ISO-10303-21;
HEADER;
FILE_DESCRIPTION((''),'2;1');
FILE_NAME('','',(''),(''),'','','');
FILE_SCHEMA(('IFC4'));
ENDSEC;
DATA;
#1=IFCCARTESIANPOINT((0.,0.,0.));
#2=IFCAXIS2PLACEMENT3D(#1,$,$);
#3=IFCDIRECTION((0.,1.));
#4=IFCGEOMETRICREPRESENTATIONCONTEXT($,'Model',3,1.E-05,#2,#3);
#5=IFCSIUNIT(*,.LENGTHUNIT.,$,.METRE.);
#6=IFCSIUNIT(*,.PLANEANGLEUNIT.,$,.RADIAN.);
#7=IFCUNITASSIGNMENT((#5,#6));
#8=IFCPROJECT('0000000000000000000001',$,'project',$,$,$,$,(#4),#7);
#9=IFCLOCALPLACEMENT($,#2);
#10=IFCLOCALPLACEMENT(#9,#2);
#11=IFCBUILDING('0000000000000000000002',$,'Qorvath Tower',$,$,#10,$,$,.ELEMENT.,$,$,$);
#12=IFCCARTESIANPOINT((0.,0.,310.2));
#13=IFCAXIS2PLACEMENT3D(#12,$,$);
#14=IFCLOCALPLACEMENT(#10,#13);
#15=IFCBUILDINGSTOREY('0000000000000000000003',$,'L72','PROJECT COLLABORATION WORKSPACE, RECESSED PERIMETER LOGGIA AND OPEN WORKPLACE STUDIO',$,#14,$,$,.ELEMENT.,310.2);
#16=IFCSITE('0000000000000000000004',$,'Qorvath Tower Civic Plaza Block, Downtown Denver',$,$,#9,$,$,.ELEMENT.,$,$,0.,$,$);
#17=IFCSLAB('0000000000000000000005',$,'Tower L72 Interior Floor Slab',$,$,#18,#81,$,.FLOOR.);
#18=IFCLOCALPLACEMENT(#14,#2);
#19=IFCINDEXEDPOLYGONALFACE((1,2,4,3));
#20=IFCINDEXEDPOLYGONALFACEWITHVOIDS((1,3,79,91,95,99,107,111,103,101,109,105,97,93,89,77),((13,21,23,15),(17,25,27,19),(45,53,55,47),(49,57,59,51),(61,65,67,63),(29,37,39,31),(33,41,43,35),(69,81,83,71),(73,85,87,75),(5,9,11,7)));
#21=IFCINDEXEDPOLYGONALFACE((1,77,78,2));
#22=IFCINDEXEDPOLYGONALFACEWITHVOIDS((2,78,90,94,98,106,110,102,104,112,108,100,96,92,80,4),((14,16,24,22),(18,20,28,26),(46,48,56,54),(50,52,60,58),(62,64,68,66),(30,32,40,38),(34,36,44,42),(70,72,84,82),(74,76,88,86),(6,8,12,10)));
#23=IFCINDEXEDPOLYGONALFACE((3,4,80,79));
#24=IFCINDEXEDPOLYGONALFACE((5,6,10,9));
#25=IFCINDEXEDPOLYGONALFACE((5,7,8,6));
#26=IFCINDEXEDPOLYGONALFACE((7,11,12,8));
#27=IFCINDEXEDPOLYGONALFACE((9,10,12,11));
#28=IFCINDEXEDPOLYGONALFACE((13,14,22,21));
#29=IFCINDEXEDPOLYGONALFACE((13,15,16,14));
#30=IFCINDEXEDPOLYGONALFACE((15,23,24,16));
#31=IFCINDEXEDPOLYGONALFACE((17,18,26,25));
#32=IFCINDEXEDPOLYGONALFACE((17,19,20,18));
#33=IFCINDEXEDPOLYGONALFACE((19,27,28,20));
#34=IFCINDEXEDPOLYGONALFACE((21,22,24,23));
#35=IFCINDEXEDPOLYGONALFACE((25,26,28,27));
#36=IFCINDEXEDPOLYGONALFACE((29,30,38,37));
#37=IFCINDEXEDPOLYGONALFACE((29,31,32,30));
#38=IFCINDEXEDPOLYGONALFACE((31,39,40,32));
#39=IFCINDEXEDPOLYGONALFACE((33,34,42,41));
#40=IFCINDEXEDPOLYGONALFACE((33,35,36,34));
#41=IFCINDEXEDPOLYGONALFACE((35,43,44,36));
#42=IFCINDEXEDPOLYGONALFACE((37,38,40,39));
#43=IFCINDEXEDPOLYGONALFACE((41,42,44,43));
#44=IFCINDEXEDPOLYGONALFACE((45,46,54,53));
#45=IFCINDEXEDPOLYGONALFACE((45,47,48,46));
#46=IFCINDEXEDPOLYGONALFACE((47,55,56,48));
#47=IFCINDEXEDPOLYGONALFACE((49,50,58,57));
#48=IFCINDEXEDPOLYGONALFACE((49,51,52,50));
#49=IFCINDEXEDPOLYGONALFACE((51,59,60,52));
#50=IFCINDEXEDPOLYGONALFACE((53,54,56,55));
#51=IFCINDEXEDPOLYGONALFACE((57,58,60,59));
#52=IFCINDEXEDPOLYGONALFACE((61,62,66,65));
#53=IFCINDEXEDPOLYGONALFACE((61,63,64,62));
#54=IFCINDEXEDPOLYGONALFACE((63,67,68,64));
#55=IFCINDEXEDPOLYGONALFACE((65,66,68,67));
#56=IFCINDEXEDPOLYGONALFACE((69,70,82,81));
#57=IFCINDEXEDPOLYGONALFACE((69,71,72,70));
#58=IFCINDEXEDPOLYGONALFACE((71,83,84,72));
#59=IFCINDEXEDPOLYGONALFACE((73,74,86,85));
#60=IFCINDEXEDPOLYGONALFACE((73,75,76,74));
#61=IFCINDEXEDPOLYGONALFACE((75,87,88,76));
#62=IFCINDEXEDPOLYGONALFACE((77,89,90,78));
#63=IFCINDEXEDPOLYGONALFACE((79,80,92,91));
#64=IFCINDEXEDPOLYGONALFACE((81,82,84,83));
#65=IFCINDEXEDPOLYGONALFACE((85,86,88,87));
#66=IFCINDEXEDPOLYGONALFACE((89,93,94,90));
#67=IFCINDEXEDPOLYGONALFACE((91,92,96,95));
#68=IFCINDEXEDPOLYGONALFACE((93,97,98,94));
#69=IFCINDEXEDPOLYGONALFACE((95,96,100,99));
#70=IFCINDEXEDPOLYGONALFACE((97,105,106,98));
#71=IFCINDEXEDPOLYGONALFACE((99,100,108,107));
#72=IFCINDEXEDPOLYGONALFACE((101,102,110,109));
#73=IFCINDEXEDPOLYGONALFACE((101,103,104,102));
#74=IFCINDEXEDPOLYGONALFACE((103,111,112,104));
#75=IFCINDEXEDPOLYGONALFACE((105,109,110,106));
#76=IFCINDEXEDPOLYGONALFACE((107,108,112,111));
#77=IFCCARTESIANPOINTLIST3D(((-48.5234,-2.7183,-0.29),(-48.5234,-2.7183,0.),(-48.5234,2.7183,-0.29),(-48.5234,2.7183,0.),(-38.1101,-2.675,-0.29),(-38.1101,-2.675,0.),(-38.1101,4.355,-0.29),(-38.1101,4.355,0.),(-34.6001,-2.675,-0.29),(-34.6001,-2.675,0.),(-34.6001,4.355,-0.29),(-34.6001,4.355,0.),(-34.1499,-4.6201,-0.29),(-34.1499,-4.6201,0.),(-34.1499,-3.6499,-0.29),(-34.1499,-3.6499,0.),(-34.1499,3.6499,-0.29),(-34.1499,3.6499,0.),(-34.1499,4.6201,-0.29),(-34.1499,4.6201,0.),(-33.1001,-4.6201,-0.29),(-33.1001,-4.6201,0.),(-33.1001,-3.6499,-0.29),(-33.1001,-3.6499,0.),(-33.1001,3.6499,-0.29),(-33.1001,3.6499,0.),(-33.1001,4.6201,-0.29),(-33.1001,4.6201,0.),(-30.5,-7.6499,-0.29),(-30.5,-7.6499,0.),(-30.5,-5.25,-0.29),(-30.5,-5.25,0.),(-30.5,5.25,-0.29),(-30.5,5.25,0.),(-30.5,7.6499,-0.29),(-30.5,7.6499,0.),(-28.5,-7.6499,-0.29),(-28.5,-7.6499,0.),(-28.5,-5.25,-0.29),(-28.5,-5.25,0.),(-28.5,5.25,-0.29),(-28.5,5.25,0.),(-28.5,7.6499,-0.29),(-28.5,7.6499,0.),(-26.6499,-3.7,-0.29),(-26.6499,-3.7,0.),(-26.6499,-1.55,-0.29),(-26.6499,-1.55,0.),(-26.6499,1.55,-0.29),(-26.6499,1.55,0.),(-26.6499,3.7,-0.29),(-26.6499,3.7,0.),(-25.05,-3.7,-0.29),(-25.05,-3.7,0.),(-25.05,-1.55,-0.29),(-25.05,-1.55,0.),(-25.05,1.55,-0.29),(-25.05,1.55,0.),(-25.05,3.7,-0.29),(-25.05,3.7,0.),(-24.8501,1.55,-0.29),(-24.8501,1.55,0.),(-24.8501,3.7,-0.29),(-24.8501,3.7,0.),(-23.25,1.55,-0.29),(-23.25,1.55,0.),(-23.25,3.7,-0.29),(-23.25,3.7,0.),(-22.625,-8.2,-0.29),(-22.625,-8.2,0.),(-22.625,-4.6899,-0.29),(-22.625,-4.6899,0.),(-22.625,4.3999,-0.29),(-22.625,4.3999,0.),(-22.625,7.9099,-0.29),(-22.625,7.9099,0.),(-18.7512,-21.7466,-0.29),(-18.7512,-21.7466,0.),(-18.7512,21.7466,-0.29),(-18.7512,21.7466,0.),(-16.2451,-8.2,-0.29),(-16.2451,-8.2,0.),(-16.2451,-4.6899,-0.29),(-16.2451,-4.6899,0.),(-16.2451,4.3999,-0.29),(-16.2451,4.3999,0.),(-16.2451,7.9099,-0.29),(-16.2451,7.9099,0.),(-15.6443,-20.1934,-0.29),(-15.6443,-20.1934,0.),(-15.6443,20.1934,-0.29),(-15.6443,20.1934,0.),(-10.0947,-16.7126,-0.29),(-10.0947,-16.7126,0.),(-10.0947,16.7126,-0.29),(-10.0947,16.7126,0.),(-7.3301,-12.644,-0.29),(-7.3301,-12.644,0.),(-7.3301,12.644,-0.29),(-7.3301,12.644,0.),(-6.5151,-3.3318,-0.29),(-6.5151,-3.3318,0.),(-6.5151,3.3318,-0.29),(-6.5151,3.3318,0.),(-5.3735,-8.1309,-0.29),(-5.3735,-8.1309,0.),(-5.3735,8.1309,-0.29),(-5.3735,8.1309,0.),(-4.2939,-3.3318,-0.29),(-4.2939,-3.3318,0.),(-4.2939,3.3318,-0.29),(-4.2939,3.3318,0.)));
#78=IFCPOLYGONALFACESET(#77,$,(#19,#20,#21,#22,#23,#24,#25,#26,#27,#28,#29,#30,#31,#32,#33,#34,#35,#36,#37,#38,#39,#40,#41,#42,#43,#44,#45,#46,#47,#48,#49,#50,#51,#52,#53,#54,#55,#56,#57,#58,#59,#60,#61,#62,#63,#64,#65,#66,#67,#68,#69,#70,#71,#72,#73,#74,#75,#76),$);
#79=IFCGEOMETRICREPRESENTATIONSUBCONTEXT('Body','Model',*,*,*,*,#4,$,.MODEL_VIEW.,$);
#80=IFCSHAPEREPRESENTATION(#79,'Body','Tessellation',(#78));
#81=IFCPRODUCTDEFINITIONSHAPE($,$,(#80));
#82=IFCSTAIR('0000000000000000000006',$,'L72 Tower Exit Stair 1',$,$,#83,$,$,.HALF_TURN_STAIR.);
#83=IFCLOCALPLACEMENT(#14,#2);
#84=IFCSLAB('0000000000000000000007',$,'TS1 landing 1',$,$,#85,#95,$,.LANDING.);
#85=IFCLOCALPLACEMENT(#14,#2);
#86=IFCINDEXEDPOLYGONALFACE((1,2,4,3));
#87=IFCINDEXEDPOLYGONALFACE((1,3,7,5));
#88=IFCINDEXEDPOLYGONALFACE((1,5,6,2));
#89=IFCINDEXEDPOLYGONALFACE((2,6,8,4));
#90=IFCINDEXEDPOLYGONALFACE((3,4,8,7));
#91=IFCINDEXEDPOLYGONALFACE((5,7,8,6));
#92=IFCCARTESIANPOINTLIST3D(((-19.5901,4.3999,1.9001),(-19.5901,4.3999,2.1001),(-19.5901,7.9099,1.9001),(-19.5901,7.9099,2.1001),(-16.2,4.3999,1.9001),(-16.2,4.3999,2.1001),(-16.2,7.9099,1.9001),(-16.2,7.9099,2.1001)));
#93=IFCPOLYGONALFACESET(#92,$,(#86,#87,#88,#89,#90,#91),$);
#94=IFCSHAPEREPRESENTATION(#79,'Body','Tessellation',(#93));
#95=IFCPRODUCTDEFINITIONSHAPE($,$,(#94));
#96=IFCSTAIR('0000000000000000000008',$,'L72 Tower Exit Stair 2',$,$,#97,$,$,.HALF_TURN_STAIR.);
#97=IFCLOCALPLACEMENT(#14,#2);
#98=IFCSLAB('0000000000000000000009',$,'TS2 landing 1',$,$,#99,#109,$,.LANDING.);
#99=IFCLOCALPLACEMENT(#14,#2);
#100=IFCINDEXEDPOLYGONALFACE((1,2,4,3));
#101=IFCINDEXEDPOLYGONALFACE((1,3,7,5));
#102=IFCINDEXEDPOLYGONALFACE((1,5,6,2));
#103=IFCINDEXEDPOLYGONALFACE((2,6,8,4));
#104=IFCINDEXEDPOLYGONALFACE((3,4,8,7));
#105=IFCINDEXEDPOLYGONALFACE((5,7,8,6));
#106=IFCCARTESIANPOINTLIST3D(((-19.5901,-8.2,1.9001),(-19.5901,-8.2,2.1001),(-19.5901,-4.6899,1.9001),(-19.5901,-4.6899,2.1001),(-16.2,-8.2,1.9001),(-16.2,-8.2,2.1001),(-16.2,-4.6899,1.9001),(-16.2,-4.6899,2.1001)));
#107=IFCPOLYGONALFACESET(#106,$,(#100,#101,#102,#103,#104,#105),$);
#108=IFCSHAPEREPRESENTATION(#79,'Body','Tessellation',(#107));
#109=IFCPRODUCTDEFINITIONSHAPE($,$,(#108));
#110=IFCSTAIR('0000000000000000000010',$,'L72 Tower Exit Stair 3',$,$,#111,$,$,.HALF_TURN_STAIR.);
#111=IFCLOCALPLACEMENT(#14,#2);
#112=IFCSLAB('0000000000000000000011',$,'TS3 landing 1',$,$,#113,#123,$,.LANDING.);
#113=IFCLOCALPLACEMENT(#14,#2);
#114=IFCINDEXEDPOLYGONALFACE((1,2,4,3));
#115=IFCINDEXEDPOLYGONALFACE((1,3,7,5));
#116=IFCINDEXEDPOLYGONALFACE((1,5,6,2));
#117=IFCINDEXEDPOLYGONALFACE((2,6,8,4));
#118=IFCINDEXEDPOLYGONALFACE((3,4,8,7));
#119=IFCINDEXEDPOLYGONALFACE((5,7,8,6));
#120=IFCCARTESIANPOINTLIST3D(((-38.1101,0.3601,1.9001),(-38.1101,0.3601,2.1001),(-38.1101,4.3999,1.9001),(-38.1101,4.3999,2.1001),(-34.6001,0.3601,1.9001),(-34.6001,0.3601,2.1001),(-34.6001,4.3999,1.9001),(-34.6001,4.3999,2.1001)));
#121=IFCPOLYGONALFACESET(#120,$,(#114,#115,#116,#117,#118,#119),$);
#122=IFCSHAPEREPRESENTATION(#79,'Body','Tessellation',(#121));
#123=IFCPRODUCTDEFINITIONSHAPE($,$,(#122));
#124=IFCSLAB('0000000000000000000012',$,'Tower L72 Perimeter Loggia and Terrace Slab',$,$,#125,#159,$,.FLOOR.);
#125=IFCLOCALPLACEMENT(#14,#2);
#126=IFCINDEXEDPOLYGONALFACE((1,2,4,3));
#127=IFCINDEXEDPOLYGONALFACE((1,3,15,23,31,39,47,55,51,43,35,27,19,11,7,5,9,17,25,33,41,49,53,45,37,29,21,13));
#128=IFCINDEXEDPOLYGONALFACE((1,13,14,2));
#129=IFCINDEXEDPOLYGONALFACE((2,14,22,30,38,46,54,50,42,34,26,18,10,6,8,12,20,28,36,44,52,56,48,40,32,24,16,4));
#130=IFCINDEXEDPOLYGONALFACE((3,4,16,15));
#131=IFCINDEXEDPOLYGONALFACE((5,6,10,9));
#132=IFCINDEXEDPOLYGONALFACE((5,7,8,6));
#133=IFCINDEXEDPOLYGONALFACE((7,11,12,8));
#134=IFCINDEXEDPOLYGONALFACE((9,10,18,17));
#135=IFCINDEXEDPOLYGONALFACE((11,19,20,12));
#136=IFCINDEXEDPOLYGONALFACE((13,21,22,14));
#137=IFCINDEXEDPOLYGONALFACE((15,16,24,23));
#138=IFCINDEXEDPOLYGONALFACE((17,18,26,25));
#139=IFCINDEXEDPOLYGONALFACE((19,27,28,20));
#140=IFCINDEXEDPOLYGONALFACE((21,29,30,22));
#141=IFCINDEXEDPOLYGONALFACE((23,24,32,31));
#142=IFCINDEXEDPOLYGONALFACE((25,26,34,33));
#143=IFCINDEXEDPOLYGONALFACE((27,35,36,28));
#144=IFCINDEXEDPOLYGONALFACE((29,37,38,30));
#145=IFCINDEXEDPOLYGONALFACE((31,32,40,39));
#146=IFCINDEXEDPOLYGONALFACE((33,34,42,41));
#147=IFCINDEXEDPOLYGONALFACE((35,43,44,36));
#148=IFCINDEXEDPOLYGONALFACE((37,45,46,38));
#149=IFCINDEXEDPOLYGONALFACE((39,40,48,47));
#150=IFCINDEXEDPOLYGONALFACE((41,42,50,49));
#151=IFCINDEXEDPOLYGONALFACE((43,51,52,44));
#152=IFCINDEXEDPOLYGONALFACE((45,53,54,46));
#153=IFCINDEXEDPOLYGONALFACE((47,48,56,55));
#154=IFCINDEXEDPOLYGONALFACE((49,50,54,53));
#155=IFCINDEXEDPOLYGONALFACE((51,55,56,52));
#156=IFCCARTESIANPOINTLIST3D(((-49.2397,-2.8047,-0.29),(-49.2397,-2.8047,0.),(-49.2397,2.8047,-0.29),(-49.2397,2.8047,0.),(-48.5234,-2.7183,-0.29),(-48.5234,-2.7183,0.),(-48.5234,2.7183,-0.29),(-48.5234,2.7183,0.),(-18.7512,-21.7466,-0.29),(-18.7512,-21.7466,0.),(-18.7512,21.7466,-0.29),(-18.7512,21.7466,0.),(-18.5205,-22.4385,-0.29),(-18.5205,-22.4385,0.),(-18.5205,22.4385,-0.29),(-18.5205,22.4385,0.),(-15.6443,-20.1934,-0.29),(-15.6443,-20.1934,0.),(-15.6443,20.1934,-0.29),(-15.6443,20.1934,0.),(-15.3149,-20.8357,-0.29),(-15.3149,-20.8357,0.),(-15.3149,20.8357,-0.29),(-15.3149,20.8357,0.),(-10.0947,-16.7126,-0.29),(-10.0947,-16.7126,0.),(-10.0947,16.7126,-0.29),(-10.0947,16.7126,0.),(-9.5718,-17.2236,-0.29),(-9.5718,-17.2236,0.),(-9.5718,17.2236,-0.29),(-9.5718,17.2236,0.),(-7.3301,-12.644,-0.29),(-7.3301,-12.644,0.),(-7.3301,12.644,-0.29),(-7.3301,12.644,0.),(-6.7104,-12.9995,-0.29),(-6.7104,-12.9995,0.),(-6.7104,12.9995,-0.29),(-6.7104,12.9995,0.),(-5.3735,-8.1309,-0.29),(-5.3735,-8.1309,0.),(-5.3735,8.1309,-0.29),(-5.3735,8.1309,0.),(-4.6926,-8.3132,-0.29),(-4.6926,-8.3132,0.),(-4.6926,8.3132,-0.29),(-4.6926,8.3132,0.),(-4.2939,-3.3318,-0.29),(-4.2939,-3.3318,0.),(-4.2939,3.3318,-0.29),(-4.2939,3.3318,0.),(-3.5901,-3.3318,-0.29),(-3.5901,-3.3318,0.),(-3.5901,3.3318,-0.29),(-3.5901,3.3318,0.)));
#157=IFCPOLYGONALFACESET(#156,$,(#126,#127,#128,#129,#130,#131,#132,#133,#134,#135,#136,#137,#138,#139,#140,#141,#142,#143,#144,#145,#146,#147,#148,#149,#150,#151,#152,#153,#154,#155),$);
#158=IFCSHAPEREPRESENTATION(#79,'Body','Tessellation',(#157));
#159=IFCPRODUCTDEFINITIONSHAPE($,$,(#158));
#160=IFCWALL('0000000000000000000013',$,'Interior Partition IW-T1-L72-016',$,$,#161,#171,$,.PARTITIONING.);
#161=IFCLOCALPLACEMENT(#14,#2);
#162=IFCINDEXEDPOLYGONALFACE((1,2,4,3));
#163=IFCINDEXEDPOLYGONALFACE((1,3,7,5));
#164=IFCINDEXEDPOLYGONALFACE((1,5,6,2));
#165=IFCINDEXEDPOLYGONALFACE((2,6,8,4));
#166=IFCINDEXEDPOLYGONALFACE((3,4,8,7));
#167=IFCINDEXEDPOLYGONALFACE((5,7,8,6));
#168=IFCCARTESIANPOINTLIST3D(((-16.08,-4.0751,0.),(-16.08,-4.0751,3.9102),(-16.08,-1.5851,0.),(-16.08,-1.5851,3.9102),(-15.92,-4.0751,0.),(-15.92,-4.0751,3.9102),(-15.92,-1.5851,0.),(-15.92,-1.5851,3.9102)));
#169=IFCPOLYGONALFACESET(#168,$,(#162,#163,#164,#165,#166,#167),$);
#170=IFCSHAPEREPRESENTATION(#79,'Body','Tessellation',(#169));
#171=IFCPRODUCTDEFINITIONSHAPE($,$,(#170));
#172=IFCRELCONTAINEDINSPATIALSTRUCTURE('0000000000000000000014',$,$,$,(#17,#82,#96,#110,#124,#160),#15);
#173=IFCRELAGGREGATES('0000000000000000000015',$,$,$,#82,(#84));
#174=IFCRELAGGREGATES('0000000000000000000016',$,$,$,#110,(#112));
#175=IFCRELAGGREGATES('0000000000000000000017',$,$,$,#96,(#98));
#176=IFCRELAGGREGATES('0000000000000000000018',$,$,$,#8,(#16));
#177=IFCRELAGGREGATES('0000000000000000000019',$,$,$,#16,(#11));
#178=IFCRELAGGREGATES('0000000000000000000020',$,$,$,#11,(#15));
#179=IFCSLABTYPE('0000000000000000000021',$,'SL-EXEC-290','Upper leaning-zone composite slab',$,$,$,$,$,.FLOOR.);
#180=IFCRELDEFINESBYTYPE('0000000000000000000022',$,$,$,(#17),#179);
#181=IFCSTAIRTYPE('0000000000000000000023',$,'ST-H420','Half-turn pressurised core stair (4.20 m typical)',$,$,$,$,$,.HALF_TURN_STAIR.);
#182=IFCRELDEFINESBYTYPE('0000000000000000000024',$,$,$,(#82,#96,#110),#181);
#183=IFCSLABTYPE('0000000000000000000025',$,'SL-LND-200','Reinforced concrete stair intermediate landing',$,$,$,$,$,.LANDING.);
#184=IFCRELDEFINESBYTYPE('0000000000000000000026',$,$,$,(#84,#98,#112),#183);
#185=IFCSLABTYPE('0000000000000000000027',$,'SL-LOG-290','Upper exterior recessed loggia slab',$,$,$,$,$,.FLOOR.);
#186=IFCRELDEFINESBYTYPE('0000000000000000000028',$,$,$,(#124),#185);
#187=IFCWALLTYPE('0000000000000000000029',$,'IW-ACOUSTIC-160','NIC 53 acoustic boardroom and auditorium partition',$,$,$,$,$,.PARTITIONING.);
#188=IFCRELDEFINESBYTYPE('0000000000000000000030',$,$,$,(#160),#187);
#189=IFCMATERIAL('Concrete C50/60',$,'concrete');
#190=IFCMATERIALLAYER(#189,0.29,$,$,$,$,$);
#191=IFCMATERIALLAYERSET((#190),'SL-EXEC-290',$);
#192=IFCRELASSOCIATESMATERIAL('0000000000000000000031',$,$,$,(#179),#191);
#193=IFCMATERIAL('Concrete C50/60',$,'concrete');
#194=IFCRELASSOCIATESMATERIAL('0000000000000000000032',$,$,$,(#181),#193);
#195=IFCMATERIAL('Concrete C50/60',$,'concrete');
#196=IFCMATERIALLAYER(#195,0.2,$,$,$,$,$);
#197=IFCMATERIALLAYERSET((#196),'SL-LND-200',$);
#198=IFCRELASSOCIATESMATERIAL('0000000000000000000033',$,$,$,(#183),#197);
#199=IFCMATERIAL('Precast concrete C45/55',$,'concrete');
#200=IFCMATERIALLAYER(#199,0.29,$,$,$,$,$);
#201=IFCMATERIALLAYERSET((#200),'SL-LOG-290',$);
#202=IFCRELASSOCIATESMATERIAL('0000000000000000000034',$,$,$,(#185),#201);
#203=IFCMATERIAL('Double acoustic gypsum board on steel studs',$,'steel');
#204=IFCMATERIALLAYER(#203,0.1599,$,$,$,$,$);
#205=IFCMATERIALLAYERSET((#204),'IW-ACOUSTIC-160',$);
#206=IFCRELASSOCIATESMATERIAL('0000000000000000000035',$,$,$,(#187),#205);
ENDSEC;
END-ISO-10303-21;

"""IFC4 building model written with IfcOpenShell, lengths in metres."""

from ifc_helpers import new_model, si_unit, direction, frame, frame_2d, origin, place, context, subcontext, project, spatial, polyline, rectangle, outline, extrude, material, layer, layer_set, type_object, element, aggregate, save


model = new_model("IFC4")

# Units and contexts
model_context = context("Model", 3, precision=1e-05, world=origin(), true_north=direction((0.0, 1.0)))
body_context = subcontext(model_context, "Body", "Model", "MODEL_VIEW")
ifc_project = project(units=[si_unit("LENGTHUNIT", "METRE"), si_unit("PLANEANGLEUNIT", "RADIAN")], contexts=[model_context])

# Site, building, storey
site_placement = place(None, origin())
site = spatial("IfcSite", under=ifc_project, at=site_placement, Name="Qorvath Tower Civic Plaza Block, Downtown Denver", CompositionType="ELEMENT", RefElevation=0.0)
building_placement = place(site_placement, origin())
building = spatial("IfcBuilding", under=site, at=building_placement, Name="Qorvath Tower", CompositionType="ELEMENT")
storey_placement = place(building_placement, frame((0.0, 0.0, 310.2)))
storey = spatial("IfcBuildingStorey", under=building, at=storey_placement, Name="L72", Description="PROJECT COLLABORATION WORKSPACE, RECESSED PERIMETER LOGGIA AND OPEN WORKPLACE STUDIO", CompositionType="ELEMENT", Elevation=310.2)

# Slab
ifc_material_1 = material(Name="Concrete C50/60", Category="concrete")
ifc_layer_1 = layer(ifc_material_1, 0.29)
ifc_layer_set_1 = layer_set([ifc_layer_1], Name="SL-EXEC-290")
slab_type_1 = type_object("IfcSlabType", Name="SL-EXEC-290", Description="Upper leaning-zone composite slab", PredefinedType="FLOOR", material=ifc_layer_set_1)
slab_1_placement = place(storey_placement, frame((0.0, 0.0, -0.29)))
element("IfcSlab", 1, at=slab_1_placement, inside=storey, type_object=slab_type_1, Name="Tower L72 Interior Floor Slab", PredefinedType="FLOOR", context=body_context, shape_type="SweptSolid", body=[
    extrude(outline(polyline([(-48.5234, 2.7183), (-48.5234, -2.7183), (-18.7512, -21.7466), (-15.6443, -20.1934), (-10.0947, -16.7126), (-7.3301, -12.644), (-5.3735, -8.1309), (-4.2939, -3.3318), (-6.5151, -3.3318), (-6.5151, 3.3318), (-4.2939, 3.3318), (-5.3735, 8.1309), (-7.3301, 12.644), (-10.0947, 16.7126), (-15.6443, 20.1934), (-18.7512, 21.7466), (-48.5234, 2.7183)]), holes=[polyline([(-16.2451, -8.2), (-22.625, -8.2), (-22.625, -4.6899), (-16.2451, -4.6899), (-16.2451, -8.2)]), polyline([(-22.625, 4.3999), (-22.625, 7.9099), (-16.2451, 7.9099), (-16.2451, 4.3999), (-22.625, 4.3999)]), polyline([(-23.25, 1.55), (-24.8501, 1.55), (-24.8501, 3.7), (-23.25, 3.7), (-23.25, 1.55)]), polyline([(-26.6499, -3.7), (-26.6499, -1.55), (-25.05, -1.55), (-25.05, -3.7), (-26.6499, -3.7)]), polyline([(-25.05, 1.55), (-26.6499, 1.55), (-26.6499, 3.7), (-25.05, 3.7), (-25.05, 1.55)]), polyline([(-28.5, -7.6499), (-30.5, -7.6499), (-30.5, -5.25), (-28.5, -5.25), (-28.5, -7.6499)]), polyline([(-30.5, 5.25), (-30.5, 7.6499), (-28.5, 7.6499), (-28.5, 5.25), (-30.5, 5.25)]), polyline([(-33.1001, -4.6201), (-34.1499, -4.6201), (-34.1499, -3.6499), (-33.1001, -3.6499), (-33.1001, -4.6201)]), polyline([(-33.1001, 3.6499), (-34.1499, 3.6499), (-34.1499, 4.6201), (-33.1001, 4.6201), (-33.1001, 3.6499)]), polyline([(-34.6001, -2.675), (-38.1101, -2.675), (-38.1101, 4.355), (-34.6001, 4.355), (-34.6001, -2.675)])]), origin(), (0.0, 0.0, 1.0), 0.29),
])

# Stairs, slabs
ifc_material_2 = material(Name="Concrete C50/60", Category="concrete")
stair_type = type_object("IfcStairType", Name="ST-H420", Description="Half-turn pressurised core stair (4.20 m typical)", PredefinedType="HALF_TURN_STAIR", material=ifc_material_2)
stair_1_placement = place(storey_placement, origin())
stair_1 = element("IfcStair", 2, at=stair_1_placement, inside=storey, type_object=stair_type, Name="L72 Tower Exit Stair 1", PredefinedType="HALF_TURN_STAIR")
ifc_material_3 = material(Name="Concrete C50/60", Category="concrete")
ifc_layer_2 = layer(ifc_material_3, 0.2)
ifc_layer_set_2 = layer_set([ifc_layer_2], Name="SL-LND-200")
slab_type_2 = type_object("IfcSlabType", Name="SL-LND-200", Description="Reinforced concrete stair intermediate landing", PredefinedType="LANDING", material=ifc_layer_set_2)
slab_2_placement = place(storey_placement, frame((0.0, 0.0, 1.9001)))
slab_2 = element("IfcSlab", 3, at=slab_2_placement, type_object=slab_type_2, Name="TS1 landing 1", PredefinedType="LANDING", context=body_context, shape_type="SweptSolid", body=[
    extrude(outline(polyline([(-19.5901, 4.3999), (-16.2, 4.3999), (-16.2, 7.9099), (-19.5901, 7.9099), (-19.5901, 4.3999)])), origin(), (0.0, 0.0, 1.0), 0.2),
])
aggregate(stair_1, [slab_2])
stair_2_placement = place(storey_placement, origin())
stair_2 = element("IfcStair", 4, at=stair_2_placement, inside=storey, type_object=stair_type, Name="L72 Tower Exit Stair 2", PredefinedType="HALF_TURN_STAIR")
slab_3_placement = place(storey_placement, frame((0.0, 0.0, 1.9001)))
slab_3 = element("IfcSlab", 5, at=slab_3_placement, type_object=slab_type_2, Name="TS2 landing 1", PredefinedType="LANDING", context=body_context, shape_type="SweptSolid", body=[
    extrude(outline(polyline([(-19.5901, -8.2), (-16.2, -8.2), (-16.2, -4.6899), (-19.5901, -4.6899), (-19.5901, -8.2)])), origin(), (0.0, 0.0, 1.0), 0.2),
])
stair_3_placement = place(storey_placement, origin())
stair_3 = element("IfcStair", 6, at=stair_3_placement, inside=storey, type_object=stair_type, Name="L72 Tower Exit Stair 3", PredefinedType="HALF_TURN_STAIR")
slab_4_placement = place(storey_placement, frame((0.0, 0.0, 1.9001)))
slab_4 = element("IfcSlab", 7, at=slab_4_placement, type_object=slab_type_2, Name="TS3 landing 1", PredefinedType="LANDING", context=body_context, shape_type="SweptSolid", body=[
    extrude(outline(polyline([(-34.6001, 0.3601), (-34.6001, 4.3999), (-38.1101, 4.3999), (-38.1101, 0.3601), (-34.6001, 0.3601)])), origin(), (0.0, 0.0, 1.0), 0.2),
])
aggregate(stair_3, [slab_4])

# Slab
ifc_material_4 = material(Name="Precast concrete C45/55", Category="concrete")
ifc_layer_3 = layer(ifc_material_4, 0.29)
ifc_layer_set_3 = layer_set([ifc_layer_3], Name="SL-LOG-290")
slab_type_3 = type_object("IfcSlabType", Name="SL-LOG-290", Description="Upper exterior recessed loggia slab", PredefinedType="FLOOR", material=ifc_layer_set_3)
slab_5_placement = place(storey_placement, frame((0.0, 0.0, -0.29)))
element("IfcSlab", 8, at=slab_5_placement, inside=storey, type_object=slab_type_3, Name="Tower L72 Perimeter Loggia and Terrace Slab", PredefinedType="FLOOR", context=body_context, shape_type="SweptSolid", body=[
    extrude(outline(polyline([(-15.3149, 20.8357), (-18.5205, 22.4385), (-49.2397, 2.8047), (-49.2397, -2.8047), (-18.5205, -22.4385), (-15.3149, -20.8357), (-9.5718, -17.2236), (-6.7104, -12.9995), (-4.6926, -8.3132), (-3.5901, -3.3318), (-4.2939, -3.3318), (-5.3735, -8.1309), (-7.3301, -12.644), (-10.0947, -16.7126), (-15.6443, -20.1934), (-18.7512, -21.7466), (-48.5234, -2.7183), (-48.5234, 2.7183), (-18.7512, 21.7466), (-15.6443, 20.1934), (-10.0947, 16.7126), (-7.3301, 12.644), (-5.3735, 8.1309), (-4.2939, 3.3318), (-3.5901, 3.3318), (-4.6926, 8.3132), (-6.7104, 12.9995), (-9.5718, 17.2236), (-15.3149, 20.8357)])), origin(), (0.0, 0.0, 1.0), 0.29),
])

# Wall
ifc_material_5 = material(Name="Double acoustic gypsum board on steel studs", Category="steel")
ifc_layer_4 = layer(ifc_material_5, 0.1599)
ifc_layer_set_4 = layer_set([ifc_layer_4], Name="IW-ACOUSTIC-160")
wall_type_1 = type_object("IfcWallType", Name="IW-ACOUSTIC-160", Description="NIC 53 acoustic boardroom and auditorium partition", PredefinedType="PARTITIONING", material=ifc_layer_set_4)
wall_1_placement = place(storey_placement, frame((-16.0, -4.0752, 0.0), z_axis=(0.0, 0.0, 1.0), x_axis=(0.0, 1.0, 0.0)))
element("IfcWall", 9, at=wall_1_placement, inside=storey, type_object=wall_type_1, Name="Interior Partition IW-T1-L72-016", PredefinedType="PARTITIONING", context=body_context, shape_type="SweptSolid", body=[
    extrude(rectangle(XDim=2.49, YDim=0.1599, at=frame_2d((1.2451, 0.0))), origin(), (0.0, 0.0, 1.0), 3.9102),
])

aggregate(stair_2, [slab_3])

save(model, "model.ifc")
